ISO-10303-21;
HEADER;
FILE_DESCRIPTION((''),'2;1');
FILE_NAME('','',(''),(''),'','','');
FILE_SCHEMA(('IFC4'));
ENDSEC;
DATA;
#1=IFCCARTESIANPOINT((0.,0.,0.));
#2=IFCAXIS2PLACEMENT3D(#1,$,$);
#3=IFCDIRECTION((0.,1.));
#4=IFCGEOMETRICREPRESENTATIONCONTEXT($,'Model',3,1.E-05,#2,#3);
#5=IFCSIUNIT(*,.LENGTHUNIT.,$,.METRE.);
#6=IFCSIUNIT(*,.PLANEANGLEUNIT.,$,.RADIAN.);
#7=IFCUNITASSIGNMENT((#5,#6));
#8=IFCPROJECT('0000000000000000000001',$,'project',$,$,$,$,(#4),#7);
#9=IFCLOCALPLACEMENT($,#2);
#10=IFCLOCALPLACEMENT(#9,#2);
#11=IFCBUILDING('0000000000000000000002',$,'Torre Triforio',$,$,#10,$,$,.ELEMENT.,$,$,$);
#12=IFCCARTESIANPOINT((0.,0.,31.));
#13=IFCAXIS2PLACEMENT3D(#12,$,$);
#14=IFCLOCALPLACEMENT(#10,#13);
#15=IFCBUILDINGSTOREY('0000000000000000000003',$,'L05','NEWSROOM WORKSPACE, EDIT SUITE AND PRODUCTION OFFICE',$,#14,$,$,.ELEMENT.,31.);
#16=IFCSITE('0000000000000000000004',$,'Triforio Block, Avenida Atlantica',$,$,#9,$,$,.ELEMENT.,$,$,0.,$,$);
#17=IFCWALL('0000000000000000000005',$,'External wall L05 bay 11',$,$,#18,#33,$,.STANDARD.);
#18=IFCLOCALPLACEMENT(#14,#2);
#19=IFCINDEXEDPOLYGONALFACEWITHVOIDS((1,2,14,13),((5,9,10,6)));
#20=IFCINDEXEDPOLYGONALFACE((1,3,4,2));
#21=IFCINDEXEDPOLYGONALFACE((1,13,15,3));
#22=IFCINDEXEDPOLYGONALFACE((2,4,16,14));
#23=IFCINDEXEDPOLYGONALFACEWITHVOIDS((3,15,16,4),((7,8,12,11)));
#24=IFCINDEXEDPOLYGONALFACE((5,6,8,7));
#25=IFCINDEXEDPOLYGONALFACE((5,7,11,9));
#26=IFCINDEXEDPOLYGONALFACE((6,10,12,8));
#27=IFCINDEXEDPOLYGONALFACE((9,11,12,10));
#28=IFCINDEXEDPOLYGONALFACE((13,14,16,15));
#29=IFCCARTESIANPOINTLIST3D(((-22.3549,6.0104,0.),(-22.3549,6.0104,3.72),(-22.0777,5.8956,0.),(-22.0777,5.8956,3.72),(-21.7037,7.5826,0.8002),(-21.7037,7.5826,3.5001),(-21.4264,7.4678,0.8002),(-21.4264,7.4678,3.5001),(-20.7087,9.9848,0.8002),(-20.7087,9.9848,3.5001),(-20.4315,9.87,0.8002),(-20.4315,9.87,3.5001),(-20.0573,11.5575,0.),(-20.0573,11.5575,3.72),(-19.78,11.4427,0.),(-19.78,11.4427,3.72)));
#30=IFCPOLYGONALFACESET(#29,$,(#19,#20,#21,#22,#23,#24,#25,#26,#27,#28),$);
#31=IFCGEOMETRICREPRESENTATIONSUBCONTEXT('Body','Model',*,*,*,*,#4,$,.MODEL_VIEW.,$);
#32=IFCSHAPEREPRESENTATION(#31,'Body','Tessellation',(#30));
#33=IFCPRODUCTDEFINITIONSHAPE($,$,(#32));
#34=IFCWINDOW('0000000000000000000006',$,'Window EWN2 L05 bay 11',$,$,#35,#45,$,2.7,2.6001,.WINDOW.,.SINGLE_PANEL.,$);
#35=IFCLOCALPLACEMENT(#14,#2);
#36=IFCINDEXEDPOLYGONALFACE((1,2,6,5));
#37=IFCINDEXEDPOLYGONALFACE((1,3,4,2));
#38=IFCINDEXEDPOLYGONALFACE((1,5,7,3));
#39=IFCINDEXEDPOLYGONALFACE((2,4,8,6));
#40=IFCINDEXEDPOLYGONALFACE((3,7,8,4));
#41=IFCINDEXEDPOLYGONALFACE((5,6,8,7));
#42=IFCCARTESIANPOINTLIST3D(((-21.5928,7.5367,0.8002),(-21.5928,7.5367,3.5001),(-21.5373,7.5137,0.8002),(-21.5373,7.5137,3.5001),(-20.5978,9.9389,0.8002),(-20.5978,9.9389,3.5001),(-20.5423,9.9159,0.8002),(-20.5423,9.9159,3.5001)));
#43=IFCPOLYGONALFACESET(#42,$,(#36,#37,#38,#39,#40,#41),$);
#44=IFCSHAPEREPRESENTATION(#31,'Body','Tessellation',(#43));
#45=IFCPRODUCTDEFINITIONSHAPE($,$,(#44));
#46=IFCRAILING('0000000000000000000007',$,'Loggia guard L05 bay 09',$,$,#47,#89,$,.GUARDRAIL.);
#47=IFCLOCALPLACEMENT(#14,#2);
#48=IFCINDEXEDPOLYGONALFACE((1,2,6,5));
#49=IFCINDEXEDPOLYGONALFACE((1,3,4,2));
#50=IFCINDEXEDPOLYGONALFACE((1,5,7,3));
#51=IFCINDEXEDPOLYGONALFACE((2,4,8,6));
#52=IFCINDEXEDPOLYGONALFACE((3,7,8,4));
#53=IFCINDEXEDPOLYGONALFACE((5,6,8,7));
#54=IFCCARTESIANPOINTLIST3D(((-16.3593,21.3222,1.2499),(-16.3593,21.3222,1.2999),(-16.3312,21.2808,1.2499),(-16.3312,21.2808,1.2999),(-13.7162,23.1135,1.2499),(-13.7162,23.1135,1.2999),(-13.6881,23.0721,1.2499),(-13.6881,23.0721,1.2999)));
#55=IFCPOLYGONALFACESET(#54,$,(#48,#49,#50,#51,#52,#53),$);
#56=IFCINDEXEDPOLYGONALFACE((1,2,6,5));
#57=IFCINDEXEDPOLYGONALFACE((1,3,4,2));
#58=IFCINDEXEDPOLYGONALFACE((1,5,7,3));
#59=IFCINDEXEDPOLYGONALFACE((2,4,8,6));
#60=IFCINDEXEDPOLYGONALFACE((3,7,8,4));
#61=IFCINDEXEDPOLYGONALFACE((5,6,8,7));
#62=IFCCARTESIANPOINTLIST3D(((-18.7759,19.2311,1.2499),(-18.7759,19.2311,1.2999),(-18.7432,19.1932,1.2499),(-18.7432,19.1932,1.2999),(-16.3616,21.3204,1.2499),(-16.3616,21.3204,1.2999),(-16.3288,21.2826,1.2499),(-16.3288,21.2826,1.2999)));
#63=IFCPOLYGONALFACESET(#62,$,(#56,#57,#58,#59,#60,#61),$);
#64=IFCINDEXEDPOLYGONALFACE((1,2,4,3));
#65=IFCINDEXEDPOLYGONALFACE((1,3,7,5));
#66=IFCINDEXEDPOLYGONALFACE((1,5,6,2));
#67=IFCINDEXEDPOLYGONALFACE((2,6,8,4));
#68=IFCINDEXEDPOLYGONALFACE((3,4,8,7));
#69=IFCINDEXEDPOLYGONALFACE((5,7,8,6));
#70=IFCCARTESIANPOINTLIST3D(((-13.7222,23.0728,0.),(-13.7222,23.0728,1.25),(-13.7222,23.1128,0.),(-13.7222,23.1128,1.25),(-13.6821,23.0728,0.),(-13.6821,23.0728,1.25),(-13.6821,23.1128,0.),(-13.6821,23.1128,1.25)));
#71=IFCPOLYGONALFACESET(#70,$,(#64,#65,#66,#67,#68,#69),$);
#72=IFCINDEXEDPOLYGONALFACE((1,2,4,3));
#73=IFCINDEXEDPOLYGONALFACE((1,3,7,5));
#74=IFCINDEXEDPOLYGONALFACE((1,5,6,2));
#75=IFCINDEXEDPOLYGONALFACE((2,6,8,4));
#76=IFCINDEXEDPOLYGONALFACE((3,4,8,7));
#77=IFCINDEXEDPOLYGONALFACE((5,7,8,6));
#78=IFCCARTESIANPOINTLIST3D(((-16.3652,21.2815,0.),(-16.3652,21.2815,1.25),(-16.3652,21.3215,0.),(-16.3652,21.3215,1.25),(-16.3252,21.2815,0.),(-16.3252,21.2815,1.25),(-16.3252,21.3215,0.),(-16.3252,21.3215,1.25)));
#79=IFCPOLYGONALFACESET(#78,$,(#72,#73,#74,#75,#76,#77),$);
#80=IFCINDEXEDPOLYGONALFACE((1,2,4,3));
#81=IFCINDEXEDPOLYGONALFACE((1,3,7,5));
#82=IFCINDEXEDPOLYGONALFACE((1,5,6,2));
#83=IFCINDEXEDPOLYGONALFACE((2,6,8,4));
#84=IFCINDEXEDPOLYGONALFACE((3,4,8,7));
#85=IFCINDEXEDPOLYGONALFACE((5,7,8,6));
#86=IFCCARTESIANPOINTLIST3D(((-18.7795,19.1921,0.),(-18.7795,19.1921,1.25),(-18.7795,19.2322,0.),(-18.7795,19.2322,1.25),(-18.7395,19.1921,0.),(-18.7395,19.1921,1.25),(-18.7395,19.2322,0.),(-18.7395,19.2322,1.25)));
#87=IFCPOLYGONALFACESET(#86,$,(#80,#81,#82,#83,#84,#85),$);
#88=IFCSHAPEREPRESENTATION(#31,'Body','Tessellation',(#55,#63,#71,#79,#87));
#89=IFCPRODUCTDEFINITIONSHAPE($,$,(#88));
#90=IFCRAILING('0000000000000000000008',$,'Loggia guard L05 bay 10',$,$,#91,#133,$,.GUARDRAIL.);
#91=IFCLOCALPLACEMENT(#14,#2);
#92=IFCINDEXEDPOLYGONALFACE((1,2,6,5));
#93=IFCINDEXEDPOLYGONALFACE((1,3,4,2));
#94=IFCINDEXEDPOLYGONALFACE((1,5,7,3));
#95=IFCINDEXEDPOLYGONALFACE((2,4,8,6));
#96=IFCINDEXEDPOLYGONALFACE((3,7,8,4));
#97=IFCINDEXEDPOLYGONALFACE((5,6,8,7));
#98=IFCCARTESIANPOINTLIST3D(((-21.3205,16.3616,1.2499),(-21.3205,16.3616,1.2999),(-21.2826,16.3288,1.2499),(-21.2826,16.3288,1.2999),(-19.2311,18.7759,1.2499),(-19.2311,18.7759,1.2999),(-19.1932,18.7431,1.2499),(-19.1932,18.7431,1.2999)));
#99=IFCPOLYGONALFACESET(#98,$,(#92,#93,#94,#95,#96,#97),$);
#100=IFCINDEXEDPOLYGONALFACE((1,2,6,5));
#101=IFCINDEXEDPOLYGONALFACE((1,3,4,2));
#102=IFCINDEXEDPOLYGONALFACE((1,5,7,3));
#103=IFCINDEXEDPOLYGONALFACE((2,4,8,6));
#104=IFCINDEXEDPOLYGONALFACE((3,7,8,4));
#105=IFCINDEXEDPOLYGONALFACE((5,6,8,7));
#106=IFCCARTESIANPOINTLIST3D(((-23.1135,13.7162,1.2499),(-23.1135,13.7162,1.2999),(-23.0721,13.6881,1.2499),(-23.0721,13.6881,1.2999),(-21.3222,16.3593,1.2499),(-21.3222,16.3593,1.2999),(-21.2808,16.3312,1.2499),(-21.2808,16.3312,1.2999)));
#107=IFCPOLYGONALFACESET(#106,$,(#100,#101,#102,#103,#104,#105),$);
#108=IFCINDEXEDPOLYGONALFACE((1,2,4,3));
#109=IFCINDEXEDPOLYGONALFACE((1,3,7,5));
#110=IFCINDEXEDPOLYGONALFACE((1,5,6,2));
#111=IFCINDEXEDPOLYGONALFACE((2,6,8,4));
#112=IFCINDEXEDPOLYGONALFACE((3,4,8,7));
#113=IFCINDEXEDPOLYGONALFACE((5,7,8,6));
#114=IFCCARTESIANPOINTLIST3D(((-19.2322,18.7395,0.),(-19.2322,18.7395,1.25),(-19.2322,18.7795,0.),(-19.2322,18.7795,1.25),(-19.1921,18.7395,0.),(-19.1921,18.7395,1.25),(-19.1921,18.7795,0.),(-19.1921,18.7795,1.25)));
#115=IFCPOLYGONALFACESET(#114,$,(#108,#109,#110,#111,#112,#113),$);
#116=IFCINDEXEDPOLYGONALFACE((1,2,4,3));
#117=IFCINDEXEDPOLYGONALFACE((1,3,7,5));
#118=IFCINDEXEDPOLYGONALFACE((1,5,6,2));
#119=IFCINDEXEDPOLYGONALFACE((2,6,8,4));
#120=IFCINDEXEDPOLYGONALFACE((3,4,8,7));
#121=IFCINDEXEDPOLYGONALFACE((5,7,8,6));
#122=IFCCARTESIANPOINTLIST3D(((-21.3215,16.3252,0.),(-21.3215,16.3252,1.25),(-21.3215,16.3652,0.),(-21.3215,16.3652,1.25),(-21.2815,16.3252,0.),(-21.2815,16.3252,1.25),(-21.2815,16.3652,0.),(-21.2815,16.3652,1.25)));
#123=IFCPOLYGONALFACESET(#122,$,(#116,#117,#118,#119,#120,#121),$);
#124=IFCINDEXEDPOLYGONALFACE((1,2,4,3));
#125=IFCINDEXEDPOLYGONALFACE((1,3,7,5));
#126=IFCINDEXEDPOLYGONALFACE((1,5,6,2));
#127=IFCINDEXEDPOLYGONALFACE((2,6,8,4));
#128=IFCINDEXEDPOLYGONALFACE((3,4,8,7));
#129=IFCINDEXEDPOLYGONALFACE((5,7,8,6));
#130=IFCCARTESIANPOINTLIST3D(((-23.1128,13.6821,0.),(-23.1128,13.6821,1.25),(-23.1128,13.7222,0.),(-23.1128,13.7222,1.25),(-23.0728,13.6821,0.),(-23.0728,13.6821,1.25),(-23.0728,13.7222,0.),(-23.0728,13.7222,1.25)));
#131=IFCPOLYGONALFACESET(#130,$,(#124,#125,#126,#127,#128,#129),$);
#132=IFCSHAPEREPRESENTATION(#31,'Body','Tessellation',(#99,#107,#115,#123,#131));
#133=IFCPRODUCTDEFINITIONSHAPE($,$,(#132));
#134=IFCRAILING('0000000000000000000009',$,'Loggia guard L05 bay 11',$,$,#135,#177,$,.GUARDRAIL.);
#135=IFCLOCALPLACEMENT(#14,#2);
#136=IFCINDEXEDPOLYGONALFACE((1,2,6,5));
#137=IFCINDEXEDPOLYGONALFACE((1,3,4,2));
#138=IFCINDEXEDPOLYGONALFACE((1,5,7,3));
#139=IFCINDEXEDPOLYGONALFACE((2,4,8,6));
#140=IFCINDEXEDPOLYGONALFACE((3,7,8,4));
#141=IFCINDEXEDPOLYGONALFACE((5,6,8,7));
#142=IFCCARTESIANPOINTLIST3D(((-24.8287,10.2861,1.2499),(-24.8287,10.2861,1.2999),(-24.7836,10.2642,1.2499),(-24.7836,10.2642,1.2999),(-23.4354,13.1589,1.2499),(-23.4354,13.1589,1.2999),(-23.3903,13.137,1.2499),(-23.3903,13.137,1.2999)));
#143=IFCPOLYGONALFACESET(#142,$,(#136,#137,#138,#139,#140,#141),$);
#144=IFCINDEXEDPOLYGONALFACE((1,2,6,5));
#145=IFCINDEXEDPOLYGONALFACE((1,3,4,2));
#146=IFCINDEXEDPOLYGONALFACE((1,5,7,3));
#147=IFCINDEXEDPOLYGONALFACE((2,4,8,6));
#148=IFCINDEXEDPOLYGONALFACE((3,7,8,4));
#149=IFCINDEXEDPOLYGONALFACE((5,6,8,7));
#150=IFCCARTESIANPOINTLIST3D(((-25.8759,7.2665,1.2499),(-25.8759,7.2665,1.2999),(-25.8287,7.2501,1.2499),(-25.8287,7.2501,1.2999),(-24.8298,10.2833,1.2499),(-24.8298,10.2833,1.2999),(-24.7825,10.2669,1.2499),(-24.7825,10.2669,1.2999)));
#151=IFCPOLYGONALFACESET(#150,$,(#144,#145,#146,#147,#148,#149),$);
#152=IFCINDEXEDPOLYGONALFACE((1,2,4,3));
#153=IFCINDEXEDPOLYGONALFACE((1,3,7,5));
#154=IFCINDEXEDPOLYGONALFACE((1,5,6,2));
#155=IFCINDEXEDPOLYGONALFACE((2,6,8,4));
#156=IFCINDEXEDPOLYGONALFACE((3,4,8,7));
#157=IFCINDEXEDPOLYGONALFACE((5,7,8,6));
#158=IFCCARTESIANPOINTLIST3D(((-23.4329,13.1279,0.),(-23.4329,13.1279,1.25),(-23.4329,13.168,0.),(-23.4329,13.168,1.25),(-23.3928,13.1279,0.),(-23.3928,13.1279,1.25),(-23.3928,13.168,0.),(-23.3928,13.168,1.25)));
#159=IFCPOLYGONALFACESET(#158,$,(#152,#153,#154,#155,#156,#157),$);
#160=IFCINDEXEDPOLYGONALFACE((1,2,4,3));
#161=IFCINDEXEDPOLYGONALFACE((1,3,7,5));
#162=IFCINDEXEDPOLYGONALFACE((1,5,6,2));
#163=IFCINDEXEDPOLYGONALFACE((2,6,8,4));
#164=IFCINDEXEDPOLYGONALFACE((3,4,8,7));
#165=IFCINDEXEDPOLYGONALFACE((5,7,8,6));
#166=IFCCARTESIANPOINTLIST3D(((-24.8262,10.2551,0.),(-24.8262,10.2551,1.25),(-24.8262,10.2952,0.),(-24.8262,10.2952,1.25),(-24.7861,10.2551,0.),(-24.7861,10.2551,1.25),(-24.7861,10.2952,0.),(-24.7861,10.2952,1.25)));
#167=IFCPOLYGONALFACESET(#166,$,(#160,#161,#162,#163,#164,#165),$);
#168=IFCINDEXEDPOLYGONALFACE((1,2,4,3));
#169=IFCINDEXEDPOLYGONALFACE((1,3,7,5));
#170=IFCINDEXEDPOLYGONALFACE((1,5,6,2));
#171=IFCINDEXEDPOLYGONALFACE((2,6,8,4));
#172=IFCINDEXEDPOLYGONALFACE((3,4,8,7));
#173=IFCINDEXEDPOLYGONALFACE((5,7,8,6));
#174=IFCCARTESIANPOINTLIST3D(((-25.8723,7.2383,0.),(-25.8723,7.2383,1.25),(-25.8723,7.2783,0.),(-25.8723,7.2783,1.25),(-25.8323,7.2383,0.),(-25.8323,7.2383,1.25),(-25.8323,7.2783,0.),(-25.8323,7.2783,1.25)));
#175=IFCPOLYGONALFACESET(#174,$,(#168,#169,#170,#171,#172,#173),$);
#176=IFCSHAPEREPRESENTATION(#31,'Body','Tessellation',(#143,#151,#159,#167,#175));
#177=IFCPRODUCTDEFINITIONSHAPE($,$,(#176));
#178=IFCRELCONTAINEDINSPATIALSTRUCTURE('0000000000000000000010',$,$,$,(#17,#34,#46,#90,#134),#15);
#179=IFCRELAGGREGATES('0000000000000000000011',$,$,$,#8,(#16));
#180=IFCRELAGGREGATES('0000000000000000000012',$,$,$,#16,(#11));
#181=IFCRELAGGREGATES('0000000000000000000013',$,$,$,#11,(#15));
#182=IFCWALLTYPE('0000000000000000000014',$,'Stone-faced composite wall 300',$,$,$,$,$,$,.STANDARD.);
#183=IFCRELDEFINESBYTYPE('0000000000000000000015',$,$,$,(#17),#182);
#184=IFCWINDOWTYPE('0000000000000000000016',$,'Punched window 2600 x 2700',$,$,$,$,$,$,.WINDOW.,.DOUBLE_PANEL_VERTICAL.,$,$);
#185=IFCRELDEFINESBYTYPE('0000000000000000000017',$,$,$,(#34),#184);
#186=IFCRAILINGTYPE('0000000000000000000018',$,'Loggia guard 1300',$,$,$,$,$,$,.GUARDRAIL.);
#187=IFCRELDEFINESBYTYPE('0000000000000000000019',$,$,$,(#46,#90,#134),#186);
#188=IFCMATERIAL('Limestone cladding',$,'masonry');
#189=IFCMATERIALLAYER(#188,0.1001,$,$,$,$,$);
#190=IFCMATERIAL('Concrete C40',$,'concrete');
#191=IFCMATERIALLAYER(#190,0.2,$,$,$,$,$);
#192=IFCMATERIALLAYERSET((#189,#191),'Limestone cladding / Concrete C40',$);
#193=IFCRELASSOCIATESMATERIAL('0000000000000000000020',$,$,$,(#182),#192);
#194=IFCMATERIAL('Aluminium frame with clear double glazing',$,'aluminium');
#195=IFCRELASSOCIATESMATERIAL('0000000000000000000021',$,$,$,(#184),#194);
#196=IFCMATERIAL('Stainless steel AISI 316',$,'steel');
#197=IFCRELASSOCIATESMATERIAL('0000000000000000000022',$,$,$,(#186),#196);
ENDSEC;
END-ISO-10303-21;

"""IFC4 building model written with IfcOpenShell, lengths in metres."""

from ifc_helpers import new_model, si_unit, direction, frame, frame_2d, origin, origin_2d, place, context, subcontext, project, spatial, rectangle, extrude, material, layer, layer_set, type_object, element, fill, save


model = new_model("IFC4")

# Units and contexts
model_context = context("Model", 3, precision=1e-05, world=origin(), true_north=direction((0.0, 1.0)))
body_context = subcontext(model_context, "Body", "Model", "MODEL_VIEW")
ifc_project = project(units=[si_unit("LENGTHUNIT", "METRE"), si_unit("PLANEANGLEUNIT", "RADIAN")], contexts=[model_context])

# Site, building, storey
site_placement = place(None, origin())
site = spatial("IfcSite", under=ifc_project, at=site_placement, Name="Triforio Block, Avenida Atlantica", CompositionType="ELEMENT", RefElevation=0.0)
building_placement = place(site_placement, origin())
building = spatial("IfcBuilding", under=site, at=building_placement, Name="Torre Triforio", CompositionType="ELEMENT")
storey_placement = place(building_placement, frame((0.0, 0.0, 31.0)))
storey = spatial("IfcBuildingStorey", under=building, at=storey_placement, Name="L05", Description="NEWSROOM WORKSPACE, EDIT SUITE AND PRODUCTION OFFICE", CompositionType="ELEMENT", Elevation=31.0)

# Shared definitions
ifc_material_1 = material(Name="Limestone cladding", Category="masonry")
ifc_material_2 = material(Name="Concrete C40", Category="concrete")

# Shared definitions
ifc_layer_1 = layer(ifc_material_1, 0.1001)
ifc_layer_2 = layer(ifc_material_2, 0.2)
ifc_layer_set_1 = layer_set([ifc_layer_1, ifc_layer_2], Name="Limestone cladding / Concrete C40")
wall_type_1 = type_object("IfcWallType", Name="Stone-faced composite wall 300", PredefinedType="STANDARD", material=ifc_layer_set_1)
ifc_material_3 = material(Name="Aluminium frame with clear double glazing", Category="aluminium")
window_type_1 = type_object("IfcWindowType", Name="Punched window 2600 x 2700", PartitioningType="DOUBLE_PANEL_VERTICAL", PredefinedType="WINDOW", material=ifc_material_3)

# Wall, opening, window
wall_1_placement = place(storey_placement, frame((-19.9187, 11.5, 0.0), z_axis=(0.0, 0.0, 1.0), x_axis=(-0.382671, -0.923885, 0.0)))
wall_1 = element("IfcWall", 1, at=wall_1_placement, inside=storey, type_object=wall_type_1, Name="External wall L05 bay 11", PredefinedType="STANDARD", context=body_context, shape_type="SweptSolid", body=[
    extrude(rectangle(XDim=6.0042, YDim=0.3, at=frame_2d((3.002, 0.0))), origin(), (0.0, 0.0, 1.0), 3.72),
])
opening_1_placement = place(wall_1_placement, frame((1.7021, 0.0, 0.8)))
opening_1 = element("IfcOpeningElement", 2, at=opening_1_placement, cuts=wall_1, PredefinedType="OPENING", context=body_context, shape_type="SweptSolid", body=[
    extrude(rectangle(XDim=2.6001, YDim=2.7, at=frame_2d((1.3, 1.3501))), frame((0.0, 0.1599, 0.0), z_axis=(0.0, -1.0, 0.0), x_axis=(1.0, 0.0, 0.0)), (0.0, 0.0, 1.0), 0.3201),
])
window_1_placement = place(opening_1_placement, origin())
window_1 = element("IfcWindow", 3, at=window_1_placement, inside=storey, type_object=window_type_1, Name="Window EWN2 L05 bay 11", OverallHeight=2.7, OverallWidth=2.6001, PartitioningType="SINGLE_PANEL", PredefinedType="WINDOW", context=body_context, shape_type="SweptSolid", body=[
    extrude(rectangle(XDim=2.6001, YDim=2.7, at=frame_2d((1.3, 1.3501))), frame((0.0, 0.03, 0.0), z_axis=(0.0, -1.0, 0.0), x_axis=(1.0, 0.0, 0.0)), (0.0, 0.0, 1.0), 0.0601),
])
fill(opening_1, window_1)

# Railings
ifc_material_4 = material(Name="Stainless steel AISI 316", Category="steel")
railing_type = type_object("IfcRailingType", Name="Loggia guard 1300", PredefinedType="GUARDRAIL", material=ifc_material_4)
railing_1_placement = place(storey_placement, frame((-13.7021, 23.0928, 0.0)))
element("IfcRailing", 4, at=railing_1_placement, inside=storey, type_object=railing_type, Name="Loggia guard L05 bay 09", PredefinedType="GUARDRAIL", context=body_context, shape_type="SweptSolid", body=[
    extrude(rectangle(XDim=0.05, YDim=0.05, at=origin_2d()), frame((0.0, 0.0, 1.2749), z_axis=(-0.827803, -0.561019, 0.0), x_axis=(0.561019, -0.827803, 0.0)), (0.0, 0.0, 1.0), 3.1929),
    extrude(rectangle(XDim=0.05, YDim=0.05, at=origin_2d()), frame((-2.6431, -1.7913, 1.2749), z_axis=(-0.756161, -0.654386, 0.0), x_axis=(0.654386, -0.756161, 0.0)), (0.0, 0.0, 1.0), 3.1929),
    extrude(rectangle(XDim=0.04, YDim=0.04, at=origin_2d()), origin(), (0.0, 0.0, 1.0), 1.25),
    extrude(rectangle(XDim=0.04, YDim=0.04, at=origin_2d()), frame((-2.6431, -1.7913, 0.0)), (0.0, 0.0, 1.0), 1.25),
    extrude(rectangle(XDim=0.04, YDim=0.04, at=origin_2d()), frame((-5.0574, -3.8806, 0.0)), (0.0, 0.0, 1.0), 1.25),
])
railing_2_placement = place(storey_placement, frame((-19.2122, 18.7595, 0.0)))
element("IfcRailing", 5, at=railing_2_placement, inside=storey, type_object=railing_type, Name="Loggia guard L05 bay 10", PredefinedType="GUARDRAIL", context=body_context, shape_type="SweptSolid", body=[
    extrude(rectangle(XDim=0.05, YDim=0.05, at=origin_2d()), frame((0.0, 0.0, 1.2749), z_axis=(-0.654386, -0.756161, 0.0), x_axis=(0.756161, -0.654386, 0.0)), (0.0, 0.0, 1.0), 3.1929),
    extrude(rectangle(XDim=0.05, YDim=0.05, at=origin_2d()), frame((-2.0894, -2.4143, 1.2749), z_axis=(-0.561019, -0.827803, 0.0), x_axis=(0.827803, -0.561019, 0.0)), (0.0, 0.0, 1.0), 3.1929),
    extrude(rectangle(XDim=0.04, YDim=0.04, at=origin_2d()), origin(), (0.0, 0.0, 1.0), 1.25),
    extrude(rectangle(XDim=0.04, YDim=0.04, at=origin_2d()), frame((-2.0894, -2.4143, 0.0)), (0.0, 0.0, 1.0), 1.25),
    extrude(rectangle(XDim=0.04, YDim=0.04, at=origin_2d()), frame((-3.8806, -5.0574, 0.0)), (0.0, 0.0, 1.0), 1.25),
])
railing_3_placement = place(storey_placement, frame((-23.4128, 13.1479, 0.0)))
element("IfcRailing", 6, at=railing_3_placement, inside=storey, type_object=railing_type, Name="Loggia guard L05 bay 11", PredefinedType="GUARDRAIL", context=body_context, shape_type="SweptSolid", body=[
    extrude(rectangle(XDim=0.05, YDim=0.05, at=origin_2d()), frame((0.0, 0.0, 1.2749), z_axis=(-0.436384, -0.89976, 0.0), x_axis=(0.89976, -0.436384, 0.0)), (0.0, 0.0, 1.0), 3.1929),
    extrude(rectangle(XDim=0.05, YDim=0.05, at=origin_2d()), frame((-1.3933, -2.8728, 1.2749), z_axis=(-0.327628, -0.944807, 0.0), x_axis=(0.944807, -0.327628, 0.0)), (0.0, 0.0, 1.0), 3.1931),
    extrude(rectangle(XDim=0.04, YDim=0.04, at=origin_2d()), origin(), (0.0, 0.0, 1.0), 1.25),
    extrude(rectangle(XDim=0.04, YDim=0.04, at=origin_2d()), frame((-1.3933, -2.8728, 0.0)), (0.0, 0.0, 1.0), 1.25),
    extrude(rectangle(XDim=0.04, YDim=0.04, at=origin_2d()), frame((-2.4395, -5.8896, 0.0)), (0.0, 0.0, 1.0), 1.25),
])

save(model, "model.ifc")
